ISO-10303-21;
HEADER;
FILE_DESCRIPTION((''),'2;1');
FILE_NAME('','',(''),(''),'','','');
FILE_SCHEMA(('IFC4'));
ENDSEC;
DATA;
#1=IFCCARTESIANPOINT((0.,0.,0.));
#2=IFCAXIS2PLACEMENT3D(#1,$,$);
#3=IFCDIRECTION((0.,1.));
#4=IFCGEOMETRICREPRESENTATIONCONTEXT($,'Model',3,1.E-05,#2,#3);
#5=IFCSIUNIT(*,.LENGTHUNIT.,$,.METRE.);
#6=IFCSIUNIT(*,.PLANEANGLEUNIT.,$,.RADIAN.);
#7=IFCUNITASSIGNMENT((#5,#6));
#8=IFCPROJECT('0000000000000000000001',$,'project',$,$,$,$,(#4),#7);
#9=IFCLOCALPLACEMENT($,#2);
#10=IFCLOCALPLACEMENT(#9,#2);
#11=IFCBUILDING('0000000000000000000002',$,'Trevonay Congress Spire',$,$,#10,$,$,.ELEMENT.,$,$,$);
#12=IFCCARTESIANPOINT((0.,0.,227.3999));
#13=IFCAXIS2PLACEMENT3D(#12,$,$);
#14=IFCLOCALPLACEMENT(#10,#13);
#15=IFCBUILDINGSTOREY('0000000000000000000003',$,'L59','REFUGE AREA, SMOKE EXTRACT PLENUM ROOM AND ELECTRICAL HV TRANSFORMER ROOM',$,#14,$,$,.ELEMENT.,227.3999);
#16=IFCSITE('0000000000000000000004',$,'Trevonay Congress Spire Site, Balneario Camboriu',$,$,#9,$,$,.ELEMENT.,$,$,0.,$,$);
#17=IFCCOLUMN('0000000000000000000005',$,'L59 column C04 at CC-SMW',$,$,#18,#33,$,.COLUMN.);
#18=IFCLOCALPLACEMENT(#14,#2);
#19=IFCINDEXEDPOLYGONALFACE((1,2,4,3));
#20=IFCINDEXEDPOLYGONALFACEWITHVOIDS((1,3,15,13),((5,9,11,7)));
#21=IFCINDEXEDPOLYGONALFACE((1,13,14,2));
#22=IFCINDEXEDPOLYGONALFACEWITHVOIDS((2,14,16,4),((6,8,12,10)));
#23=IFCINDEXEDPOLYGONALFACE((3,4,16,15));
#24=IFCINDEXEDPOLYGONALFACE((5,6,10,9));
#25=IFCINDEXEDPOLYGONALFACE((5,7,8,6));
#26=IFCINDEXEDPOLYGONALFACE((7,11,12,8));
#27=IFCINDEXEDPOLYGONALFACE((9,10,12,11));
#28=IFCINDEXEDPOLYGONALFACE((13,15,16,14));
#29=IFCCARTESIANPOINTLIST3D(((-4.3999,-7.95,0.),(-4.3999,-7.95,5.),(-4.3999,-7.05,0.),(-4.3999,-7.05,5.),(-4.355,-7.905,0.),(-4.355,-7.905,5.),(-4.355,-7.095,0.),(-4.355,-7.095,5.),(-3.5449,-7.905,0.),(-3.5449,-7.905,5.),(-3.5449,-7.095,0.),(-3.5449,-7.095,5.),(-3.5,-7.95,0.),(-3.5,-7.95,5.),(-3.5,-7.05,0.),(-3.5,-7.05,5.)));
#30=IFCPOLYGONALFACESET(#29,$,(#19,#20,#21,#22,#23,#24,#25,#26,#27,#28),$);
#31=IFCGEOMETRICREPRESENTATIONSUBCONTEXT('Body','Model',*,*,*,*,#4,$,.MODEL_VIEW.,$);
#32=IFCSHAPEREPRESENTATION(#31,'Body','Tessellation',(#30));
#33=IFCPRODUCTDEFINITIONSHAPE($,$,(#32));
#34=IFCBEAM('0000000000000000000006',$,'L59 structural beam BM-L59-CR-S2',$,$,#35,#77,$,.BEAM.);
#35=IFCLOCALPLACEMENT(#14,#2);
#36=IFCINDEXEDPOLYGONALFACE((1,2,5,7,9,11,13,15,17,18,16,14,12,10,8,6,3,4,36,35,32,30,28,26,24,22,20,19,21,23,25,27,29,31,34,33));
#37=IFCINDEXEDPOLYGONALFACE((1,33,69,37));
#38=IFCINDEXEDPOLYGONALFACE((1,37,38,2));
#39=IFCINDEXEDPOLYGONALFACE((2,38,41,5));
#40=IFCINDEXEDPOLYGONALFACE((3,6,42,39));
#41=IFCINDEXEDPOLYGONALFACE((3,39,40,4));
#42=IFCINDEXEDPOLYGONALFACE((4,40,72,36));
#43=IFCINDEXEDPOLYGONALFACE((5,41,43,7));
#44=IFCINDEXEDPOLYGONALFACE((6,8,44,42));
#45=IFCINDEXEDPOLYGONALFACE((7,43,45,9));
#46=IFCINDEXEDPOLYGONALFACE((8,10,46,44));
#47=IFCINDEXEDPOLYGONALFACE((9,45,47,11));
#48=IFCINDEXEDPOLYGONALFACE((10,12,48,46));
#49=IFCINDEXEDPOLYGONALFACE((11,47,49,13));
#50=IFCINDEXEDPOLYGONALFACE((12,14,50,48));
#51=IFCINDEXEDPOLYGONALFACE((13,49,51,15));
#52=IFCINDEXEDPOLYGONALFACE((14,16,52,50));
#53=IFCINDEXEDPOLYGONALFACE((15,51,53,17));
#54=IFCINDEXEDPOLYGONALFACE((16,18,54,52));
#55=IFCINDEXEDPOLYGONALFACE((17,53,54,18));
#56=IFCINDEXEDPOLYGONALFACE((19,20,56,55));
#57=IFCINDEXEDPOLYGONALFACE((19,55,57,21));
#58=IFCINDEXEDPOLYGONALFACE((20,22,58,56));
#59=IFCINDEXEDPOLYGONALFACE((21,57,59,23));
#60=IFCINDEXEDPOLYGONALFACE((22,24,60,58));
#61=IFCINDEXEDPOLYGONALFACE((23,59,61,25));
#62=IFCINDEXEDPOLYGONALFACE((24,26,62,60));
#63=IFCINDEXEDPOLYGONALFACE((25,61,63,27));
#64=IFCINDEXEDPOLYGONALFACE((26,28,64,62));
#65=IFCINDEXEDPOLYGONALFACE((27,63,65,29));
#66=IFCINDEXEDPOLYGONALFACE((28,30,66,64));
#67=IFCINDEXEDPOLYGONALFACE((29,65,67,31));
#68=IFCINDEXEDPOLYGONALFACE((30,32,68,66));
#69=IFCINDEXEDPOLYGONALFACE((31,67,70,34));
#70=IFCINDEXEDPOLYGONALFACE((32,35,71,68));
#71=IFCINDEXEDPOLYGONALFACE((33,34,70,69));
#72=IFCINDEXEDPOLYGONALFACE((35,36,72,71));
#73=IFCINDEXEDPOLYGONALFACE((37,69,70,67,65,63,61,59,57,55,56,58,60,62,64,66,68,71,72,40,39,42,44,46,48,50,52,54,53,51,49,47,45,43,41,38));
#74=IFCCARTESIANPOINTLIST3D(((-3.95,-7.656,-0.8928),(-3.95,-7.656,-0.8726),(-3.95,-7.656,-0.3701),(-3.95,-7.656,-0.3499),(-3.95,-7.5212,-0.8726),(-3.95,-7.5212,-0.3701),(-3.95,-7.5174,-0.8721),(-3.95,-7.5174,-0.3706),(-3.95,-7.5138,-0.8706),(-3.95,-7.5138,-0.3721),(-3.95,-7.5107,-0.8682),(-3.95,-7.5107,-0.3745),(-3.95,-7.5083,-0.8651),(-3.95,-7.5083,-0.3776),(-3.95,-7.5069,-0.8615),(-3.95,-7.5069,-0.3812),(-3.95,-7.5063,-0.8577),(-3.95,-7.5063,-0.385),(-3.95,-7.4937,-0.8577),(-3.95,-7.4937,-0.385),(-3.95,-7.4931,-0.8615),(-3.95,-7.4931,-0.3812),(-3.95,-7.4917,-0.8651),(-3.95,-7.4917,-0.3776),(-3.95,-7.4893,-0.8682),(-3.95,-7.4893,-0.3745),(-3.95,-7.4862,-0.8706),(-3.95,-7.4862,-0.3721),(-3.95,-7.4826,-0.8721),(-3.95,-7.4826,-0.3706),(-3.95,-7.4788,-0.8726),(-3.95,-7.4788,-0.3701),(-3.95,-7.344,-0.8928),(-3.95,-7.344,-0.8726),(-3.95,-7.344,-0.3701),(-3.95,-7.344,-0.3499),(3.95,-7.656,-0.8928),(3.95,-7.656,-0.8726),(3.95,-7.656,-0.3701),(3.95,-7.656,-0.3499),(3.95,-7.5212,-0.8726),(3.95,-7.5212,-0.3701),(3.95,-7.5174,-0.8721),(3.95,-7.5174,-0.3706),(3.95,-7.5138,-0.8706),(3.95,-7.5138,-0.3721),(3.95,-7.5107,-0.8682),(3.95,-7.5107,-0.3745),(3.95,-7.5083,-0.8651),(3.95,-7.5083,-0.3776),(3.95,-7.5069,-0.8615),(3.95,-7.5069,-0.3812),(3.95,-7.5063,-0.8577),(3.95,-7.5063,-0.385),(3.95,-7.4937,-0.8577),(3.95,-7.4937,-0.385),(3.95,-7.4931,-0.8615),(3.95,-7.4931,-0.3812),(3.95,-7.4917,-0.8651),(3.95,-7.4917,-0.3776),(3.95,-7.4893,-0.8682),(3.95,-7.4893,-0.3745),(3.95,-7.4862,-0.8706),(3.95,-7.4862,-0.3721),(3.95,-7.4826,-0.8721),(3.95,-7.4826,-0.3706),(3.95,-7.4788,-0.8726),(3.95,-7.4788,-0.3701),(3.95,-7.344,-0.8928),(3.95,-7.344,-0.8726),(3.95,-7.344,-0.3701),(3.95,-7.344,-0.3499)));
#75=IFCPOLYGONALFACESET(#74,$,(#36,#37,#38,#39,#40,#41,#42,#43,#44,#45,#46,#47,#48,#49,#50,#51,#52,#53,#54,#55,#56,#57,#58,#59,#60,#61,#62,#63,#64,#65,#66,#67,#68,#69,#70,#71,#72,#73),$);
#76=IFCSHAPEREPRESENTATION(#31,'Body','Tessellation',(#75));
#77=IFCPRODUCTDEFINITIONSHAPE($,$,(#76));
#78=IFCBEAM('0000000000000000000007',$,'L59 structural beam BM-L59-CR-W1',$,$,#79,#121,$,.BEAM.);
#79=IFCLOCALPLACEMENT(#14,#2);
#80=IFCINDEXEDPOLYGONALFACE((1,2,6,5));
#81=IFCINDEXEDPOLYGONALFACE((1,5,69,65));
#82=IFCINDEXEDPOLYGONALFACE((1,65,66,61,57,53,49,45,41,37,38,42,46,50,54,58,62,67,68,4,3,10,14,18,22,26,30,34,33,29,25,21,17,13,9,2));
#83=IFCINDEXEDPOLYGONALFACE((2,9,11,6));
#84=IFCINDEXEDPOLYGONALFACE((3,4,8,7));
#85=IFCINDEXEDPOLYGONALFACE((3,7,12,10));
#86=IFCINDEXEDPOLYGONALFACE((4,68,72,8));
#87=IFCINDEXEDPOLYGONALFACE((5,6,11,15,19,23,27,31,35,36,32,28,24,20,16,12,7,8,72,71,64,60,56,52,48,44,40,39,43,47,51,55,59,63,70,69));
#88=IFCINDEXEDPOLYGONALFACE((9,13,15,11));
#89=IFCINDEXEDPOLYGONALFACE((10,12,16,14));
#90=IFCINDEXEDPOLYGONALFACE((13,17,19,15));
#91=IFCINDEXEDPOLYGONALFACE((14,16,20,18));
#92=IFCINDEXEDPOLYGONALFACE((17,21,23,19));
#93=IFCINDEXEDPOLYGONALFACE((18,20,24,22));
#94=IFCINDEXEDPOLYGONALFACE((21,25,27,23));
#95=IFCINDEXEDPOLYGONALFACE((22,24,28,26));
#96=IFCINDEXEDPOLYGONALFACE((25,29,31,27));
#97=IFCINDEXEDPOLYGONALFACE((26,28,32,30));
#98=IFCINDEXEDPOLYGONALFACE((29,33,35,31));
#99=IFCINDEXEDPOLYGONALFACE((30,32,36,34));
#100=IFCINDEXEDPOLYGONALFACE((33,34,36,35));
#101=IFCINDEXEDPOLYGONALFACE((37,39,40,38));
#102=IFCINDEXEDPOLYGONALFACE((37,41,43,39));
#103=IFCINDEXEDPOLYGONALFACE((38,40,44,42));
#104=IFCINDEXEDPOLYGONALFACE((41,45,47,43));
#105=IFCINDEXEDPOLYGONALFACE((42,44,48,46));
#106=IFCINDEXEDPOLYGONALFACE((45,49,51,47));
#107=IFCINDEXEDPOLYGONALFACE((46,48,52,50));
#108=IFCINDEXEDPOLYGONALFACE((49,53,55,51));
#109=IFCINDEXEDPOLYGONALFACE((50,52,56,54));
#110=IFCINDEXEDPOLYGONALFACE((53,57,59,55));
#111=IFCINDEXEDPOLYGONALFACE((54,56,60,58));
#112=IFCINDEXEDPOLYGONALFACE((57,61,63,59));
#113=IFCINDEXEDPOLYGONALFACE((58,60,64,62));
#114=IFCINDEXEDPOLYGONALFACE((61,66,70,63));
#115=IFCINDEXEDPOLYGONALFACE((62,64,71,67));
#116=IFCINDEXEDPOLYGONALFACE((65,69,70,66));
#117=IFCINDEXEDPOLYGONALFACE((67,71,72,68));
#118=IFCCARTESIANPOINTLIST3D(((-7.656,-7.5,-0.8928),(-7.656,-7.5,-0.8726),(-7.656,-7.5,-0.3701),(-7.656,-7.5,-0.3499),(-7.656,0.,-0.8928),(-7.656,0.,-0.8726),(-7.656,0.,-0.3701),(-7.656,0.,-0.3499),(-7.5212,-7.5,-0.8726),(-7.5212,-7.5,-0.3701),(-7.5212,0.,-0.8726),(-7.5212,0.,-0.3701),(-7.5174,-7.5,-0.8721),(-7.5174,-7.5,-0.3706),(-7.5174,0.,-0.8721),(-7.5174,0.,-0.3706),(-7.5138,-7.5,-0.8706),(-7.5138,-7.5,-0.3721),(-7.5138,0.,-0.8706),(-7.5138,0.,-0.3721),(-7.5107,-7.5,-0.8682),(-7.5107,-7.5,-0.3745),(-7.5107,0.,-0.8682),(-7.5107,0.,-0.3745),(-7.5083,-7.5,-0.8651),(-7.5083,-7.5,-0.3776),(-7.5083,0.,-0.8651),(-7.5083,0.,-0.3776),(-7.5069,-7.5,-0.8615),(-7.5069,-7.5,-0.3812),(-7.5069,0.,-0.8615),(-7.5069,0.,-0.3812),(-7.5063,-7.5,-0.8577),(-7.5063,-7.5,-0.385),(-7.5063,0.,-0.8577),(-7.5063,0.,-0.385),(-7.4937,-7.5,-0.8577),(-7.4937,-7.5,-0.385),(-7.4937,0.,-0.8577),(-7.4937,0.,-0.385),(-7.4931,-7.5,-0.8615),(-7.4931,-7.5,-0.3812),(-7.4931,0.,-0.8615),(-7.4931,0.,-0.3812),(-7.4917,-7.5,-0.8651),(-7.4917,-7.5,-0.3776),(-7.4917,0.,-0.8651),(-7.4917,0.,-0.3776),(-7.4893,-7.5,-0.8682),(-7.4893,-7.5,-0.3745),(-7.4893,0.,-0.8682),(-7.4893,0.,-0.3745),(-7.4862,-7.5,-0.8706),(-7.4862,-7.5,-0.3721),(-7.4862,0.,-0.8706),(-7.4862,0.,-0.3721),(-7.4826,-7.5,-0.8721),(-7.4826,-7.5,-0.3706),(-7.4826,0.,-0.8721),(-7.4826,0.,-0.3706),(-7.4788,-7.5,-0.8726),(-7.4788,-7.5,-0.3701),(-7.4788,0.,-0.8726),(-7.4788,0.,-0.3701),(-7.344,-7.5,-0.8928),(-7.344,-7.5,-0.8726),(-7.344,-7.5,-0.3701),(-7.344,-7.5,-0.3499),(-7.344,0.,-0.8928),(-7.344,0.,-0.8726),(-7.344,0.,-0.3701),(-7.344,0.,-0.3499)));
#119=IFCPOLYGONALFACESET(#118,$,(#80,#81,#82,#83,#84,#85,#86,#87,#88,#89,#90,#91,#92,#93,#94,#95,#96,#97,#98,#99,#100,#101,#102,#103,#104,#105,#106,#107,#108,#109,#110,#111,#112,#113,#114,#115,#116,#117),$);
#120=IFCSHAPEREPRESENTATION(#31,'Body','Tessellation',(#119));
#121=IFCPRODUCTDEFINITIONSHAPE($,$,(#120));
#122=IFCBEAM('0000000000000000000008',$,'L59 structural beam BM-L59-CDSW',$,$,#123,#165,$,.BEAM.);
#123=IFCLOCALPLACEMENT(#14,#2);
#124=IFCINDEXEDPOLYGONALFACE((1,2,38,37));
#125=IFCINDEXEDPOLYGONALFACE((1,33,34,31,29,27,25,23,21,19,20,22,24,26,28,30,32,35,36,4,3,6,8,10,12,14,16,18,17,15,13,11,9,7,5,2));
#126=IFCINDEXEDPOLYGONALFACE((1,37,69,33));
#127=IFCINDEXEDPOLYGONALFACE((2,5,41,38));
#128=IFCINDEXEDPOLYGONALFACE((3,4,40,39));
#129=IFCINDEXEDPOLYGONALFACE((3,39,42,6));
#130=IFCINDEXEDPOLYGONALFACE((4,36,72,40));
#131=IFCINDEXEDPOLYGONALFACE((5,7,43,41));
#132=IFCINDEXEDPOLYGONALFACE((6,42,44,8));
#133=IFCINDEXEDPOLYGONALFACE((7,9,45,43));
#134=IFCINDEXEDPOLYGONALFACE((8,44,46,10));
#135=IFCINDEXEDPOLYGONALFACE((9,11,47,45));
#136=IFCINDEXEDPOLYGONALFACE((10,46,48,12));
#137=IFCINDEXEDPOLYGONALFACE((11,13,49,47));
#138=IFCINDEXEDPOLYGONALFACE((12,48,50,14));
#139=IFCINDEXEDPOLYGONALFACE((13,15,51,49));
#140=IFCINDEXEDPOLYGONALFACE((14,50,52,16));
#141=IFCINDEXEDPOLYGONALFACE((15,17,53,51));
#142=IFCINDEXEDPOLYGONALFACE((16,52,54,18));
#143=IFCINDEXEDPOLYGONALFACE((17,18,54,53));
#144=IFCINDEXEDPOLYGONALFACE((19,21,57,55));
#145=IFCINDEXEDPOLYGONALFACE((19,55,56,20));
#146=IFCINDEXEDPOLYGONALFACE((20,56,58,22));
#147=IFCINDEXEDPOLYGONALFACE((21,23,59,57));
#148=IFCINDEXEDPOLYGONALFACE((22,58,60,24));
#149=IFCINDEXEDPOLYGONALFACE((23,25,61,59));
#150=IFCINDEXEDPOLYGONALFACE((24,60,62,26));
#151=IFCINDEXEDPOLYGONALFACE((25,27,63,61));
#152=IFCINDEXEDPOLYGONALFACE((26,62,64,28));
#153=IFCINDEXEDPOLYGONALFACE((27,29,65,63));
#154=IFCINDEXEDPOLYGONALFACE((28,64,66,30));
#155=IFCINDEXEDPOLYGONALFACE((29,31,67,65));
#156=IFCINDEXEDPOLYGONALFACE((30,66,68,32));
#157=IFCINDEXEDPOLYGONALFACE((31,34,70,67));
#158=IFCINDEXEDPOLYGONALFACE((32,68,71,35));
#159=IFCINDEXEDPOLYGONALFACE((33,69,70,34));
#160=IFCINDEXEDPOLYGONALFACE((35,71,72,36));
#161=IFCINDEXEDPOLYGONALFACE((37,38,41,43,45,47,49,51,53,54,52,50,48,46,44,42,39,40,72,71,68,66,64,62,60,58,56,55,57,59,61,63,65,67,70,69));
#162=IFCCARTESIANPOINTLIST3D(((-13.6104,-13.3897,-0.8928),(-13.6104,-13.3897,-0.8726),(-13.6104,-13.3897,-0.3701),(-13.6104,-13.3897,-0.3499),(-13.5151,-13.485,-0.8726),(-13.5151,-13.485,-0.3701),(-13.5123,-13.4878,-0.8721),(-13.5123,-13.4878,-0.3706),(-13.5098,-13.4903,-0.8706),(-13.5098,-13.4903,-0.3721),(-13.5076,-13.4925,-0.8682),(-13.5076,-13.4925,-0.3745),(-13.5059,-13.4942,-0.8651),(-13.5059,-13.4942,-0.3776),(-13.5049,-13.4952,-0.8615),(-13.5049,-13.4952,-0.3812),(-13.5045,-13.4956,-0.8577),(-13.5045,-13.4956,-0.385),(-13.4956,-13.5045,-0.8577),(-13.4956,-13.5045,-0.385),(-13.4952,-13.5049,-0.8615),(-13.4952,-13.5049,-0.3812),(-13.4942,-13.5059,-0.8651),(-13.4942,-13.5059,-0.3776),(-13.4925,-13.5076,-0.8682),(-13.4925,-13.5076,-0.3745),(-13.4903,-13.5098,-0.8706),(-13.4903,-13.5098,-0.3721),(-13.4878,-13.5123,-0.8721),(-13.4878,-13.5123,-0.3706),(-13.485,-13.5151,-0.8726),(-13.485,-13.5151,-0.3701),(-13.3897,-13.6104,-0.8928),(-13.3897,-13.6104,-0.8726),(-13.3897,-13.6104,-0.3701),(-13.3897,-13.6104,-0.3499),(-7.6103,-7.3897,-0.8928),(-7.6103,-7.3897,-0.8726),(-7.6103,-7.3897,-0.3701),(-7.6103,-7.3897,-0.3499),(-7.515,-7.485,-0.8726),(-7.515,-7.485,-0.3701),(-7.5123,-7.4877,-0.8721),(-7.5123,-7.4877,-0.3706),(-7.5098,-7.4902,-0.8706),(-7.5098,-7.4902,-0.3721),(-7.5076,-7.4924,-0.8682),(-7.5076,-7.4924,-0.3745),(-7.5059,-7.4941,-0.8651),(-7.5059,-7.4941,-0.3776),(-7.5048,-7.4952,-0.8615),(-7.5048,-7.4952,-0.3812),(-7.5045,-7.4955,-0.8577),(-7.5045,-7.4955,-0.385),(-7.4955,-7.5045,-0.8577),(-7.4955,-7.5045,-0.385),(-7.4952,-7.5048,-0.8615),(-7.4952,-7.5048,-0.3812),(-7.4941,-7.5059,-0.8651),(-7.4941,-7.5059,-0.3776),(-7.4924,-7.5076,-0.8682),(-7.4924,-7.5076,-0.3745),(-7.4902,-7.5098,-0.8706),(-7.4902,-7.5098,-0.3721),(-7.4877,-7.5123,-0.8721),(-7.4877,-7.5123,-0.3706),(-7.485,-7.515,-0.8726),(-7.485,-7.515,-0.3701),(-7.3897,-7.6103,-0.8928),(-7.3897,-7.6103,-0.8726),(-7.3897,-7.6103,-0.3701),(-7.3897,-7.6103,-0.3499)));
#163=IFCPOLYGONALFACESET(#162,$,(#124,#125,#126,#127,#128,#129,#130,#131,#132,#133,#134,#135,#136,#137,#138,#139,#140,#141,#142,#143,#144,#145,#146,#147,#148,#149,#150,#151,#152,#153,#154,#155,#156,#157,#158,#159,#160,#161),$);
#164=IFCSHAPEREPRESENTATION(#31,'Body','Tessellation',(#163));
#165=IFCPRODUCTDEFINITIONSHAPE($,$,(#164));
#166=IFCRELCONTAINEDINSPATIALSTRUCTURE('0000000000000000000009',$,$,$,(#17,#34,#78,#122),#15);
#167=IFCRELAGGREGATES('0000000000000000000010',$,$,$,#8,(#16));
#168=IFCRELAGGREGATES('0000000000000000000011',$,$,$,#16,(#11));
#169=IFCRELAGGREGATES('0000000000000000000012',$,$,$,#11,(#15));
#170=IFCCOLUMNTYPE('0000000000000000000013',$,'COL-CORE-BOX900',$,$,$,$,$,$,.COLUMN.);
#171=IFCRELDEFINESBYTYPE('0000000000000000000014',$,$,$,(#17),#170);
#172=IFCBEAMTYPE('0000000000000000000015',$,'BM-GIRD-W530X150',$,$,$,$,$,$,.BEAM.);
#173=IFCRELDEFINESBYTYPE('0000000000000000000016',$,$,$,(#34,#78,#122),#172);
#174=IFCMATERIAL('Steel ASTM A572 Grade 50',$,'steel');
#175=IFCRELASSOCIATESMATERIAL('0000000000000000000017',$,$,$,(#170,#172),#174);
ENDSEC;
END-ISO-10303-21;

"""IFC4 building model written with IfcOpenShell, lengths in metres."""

from ifc_helpers import new_model, si_unit, direction, frame, origin, origin_2d, place, context, subcontext, project, spatial, hollow_rectangle, i_section, extrude, material, material_profile, profile_set, type_object, element, save


model = new_model("IFC4")

# Units and contexts
model_context = context("Model", 3, precision=1e-05, world=origin(), true_north=direction((0.0, 1.0)))
body_context = subcontext(model_context, "Body", "Model", "MODEL_VIEW")
ifc_project = project(units=[si_unit("LENGTHUNIT", "METRE"), si_unit("PLANEANGLEUNIT", "RADIAN")], contexts=[model_context])

# Site, building, storey
site_placement = place(None, origin())
site = spatial("IfcSite", under=ifc_project, at=site_placement, Name="Trevonay Congress Spire Site, Balneario Camboriu", CompositionType="ELEMENT", RefElevation=0.0)
building_placement = place(site_placement, origin())
building = spatial("IfcBuilding", under=site, at=building_placement, Name="Trevonay Congress Spire", CompositionType="ELEMENT")
storey_placement = place(building_placement, frame((0.0, 0.0, 227.3999)))
storey = spatial("IfcBuildingStorey", under=building, at=storey_placement, Name="L59", Description="REFUGE AREA, SMOKE EXTRACT PLENUM ROOM AND ELECTRICAL HV TRANSFORMER ROOM", CompositionType="ELEMENT", Elevation=227.3999)

# Column
ifc_material_1 = material(Name="Steel ASTM A572 Grade 50", Category="steel")
ifc_material_profile_1 = material_profile(ifc_material_1, hollow_rectangle(XDim=0.8999, YDim=0.8999, WallThickness=0.0449, at=origin_2d()), Name="BOX 900x900x45")
ifc_profile_set_1 = profile_set([ifc_material_profile_1], Name="Steel ASTM A572 Grade 50")
column_type = type_object("IfcColumnType", Name="COL-CORE-BOX900", PredefinedType="COLUMN", material=ifc_profile_set_1)
column_placement = place(storey_placement, frame((-3.95, -7.5, 0.0), z_axis=(0.0, 0.0, 1.0), x_axis=(1.0, 0.0, 0.0)))
element("IfcColumn", 1, at=column_placement, inside=storey, type_object=column_type, Name="L59 column C04 at CC-SMW", PredefinedType="COLUMN", context=body_context, shape_type="SweptSolid", body=[
    extrude(hollow_rectangle(XDim=0.8999, YDim=0.8999, WallThickness=0.0449, at=origin_2d()), origin(), (0.0, 0.0, 1.0), 5.0),
])

# Beams
ifc_material_profile_2 = material_profile(ifc_material_1, i_section(OverallWidth=0.312, OverallDepth=0.543, WebThickness=0.0127, FlangeThickness=0.0203, FilletRadius=0.0149, at=origin_2d()), Name="W530x150")
ifc_profile_set_2 = profile_set([ifc_material_profile_2], Name="Steel ASTM A572 Grade 50")
beam_type_1 = type_object("IfcBeamType", Name="BM-GIRD-W530X150", PredefinedType="BEAM", material=ifc_profile_set_2)
beam_1_placement = place(storey_placement, frame((-3.95, -7.5, -0.6213), z_axis=(1.0, 0.0, 0.0), x_axis=(0.0, 1.0, 0.0)))
element("IfcBeam", 2, at=beam_1_placement, inside=storey, type_object=beam_type_1, Name="L59 structural beam BM-L59-CR-S2", PredefinedType="BEAM", context=body_context, shape_type="SweptSolid", body=[
    extrude(i_section(OverallWidth=0.312, OverallDepth=0.543, WebThickness=0.0127, FlangeThickness=0.0203, FilletRadius=0.0149, at=origin_2d()), origin(), (0.0, 0.0, 1.0), 7.8999),
])
beam_2_placement = place(storey_placement, frame((-7.5, -7.5, -0.6213), z_axis=(0.0, 1.0, 0.0), x_axis=(-1.0, 0.0, 0.0)))
element("IfcBeam", 3, at=beam_2_placement, inside=storey, type_object=beam_type_1, Name="L59 structural beam BM-L59-CR-W1", PredefinedType="BEAM", context=body_context, shape_type="SweptSolid", body=[
    extrude(i_section(OverallWidth=0.312, OverallDepth=0.543, WebThickness=0.0127, FlangeThickness=0.0203, FilletRadius=0.0149, at=origin_2d()), origin(), (0.0, 0.0, 1.0), 7.5),
])
beam_3_placement = place(storey_placement, frame((-7.5, -7.5, -0.6213), z_axis=(-0.707107, -0.707107, 0.0), x_axis=(0.707107, -0.707107, 0.0)))
element("IfcBeam", 4, at=beam_3_placement, inside=storey, type_object=beam_type_1, Name="L59 structural beam BM-L59-CDSW", PredefinedType="BEAM", context=body_context, shape_type="SweptSolid", body=[
    extrude(i_section(OverallWidth=0.312, OverallDepth=0.543, WebThickness=0.0127, FlangeThickness=0.0203, FilletRadius=0.0149, at=origin_2d()), origin(), (0.0, 0.0, 1.0), 8.4854),
])

save(model, "model.ifc")
